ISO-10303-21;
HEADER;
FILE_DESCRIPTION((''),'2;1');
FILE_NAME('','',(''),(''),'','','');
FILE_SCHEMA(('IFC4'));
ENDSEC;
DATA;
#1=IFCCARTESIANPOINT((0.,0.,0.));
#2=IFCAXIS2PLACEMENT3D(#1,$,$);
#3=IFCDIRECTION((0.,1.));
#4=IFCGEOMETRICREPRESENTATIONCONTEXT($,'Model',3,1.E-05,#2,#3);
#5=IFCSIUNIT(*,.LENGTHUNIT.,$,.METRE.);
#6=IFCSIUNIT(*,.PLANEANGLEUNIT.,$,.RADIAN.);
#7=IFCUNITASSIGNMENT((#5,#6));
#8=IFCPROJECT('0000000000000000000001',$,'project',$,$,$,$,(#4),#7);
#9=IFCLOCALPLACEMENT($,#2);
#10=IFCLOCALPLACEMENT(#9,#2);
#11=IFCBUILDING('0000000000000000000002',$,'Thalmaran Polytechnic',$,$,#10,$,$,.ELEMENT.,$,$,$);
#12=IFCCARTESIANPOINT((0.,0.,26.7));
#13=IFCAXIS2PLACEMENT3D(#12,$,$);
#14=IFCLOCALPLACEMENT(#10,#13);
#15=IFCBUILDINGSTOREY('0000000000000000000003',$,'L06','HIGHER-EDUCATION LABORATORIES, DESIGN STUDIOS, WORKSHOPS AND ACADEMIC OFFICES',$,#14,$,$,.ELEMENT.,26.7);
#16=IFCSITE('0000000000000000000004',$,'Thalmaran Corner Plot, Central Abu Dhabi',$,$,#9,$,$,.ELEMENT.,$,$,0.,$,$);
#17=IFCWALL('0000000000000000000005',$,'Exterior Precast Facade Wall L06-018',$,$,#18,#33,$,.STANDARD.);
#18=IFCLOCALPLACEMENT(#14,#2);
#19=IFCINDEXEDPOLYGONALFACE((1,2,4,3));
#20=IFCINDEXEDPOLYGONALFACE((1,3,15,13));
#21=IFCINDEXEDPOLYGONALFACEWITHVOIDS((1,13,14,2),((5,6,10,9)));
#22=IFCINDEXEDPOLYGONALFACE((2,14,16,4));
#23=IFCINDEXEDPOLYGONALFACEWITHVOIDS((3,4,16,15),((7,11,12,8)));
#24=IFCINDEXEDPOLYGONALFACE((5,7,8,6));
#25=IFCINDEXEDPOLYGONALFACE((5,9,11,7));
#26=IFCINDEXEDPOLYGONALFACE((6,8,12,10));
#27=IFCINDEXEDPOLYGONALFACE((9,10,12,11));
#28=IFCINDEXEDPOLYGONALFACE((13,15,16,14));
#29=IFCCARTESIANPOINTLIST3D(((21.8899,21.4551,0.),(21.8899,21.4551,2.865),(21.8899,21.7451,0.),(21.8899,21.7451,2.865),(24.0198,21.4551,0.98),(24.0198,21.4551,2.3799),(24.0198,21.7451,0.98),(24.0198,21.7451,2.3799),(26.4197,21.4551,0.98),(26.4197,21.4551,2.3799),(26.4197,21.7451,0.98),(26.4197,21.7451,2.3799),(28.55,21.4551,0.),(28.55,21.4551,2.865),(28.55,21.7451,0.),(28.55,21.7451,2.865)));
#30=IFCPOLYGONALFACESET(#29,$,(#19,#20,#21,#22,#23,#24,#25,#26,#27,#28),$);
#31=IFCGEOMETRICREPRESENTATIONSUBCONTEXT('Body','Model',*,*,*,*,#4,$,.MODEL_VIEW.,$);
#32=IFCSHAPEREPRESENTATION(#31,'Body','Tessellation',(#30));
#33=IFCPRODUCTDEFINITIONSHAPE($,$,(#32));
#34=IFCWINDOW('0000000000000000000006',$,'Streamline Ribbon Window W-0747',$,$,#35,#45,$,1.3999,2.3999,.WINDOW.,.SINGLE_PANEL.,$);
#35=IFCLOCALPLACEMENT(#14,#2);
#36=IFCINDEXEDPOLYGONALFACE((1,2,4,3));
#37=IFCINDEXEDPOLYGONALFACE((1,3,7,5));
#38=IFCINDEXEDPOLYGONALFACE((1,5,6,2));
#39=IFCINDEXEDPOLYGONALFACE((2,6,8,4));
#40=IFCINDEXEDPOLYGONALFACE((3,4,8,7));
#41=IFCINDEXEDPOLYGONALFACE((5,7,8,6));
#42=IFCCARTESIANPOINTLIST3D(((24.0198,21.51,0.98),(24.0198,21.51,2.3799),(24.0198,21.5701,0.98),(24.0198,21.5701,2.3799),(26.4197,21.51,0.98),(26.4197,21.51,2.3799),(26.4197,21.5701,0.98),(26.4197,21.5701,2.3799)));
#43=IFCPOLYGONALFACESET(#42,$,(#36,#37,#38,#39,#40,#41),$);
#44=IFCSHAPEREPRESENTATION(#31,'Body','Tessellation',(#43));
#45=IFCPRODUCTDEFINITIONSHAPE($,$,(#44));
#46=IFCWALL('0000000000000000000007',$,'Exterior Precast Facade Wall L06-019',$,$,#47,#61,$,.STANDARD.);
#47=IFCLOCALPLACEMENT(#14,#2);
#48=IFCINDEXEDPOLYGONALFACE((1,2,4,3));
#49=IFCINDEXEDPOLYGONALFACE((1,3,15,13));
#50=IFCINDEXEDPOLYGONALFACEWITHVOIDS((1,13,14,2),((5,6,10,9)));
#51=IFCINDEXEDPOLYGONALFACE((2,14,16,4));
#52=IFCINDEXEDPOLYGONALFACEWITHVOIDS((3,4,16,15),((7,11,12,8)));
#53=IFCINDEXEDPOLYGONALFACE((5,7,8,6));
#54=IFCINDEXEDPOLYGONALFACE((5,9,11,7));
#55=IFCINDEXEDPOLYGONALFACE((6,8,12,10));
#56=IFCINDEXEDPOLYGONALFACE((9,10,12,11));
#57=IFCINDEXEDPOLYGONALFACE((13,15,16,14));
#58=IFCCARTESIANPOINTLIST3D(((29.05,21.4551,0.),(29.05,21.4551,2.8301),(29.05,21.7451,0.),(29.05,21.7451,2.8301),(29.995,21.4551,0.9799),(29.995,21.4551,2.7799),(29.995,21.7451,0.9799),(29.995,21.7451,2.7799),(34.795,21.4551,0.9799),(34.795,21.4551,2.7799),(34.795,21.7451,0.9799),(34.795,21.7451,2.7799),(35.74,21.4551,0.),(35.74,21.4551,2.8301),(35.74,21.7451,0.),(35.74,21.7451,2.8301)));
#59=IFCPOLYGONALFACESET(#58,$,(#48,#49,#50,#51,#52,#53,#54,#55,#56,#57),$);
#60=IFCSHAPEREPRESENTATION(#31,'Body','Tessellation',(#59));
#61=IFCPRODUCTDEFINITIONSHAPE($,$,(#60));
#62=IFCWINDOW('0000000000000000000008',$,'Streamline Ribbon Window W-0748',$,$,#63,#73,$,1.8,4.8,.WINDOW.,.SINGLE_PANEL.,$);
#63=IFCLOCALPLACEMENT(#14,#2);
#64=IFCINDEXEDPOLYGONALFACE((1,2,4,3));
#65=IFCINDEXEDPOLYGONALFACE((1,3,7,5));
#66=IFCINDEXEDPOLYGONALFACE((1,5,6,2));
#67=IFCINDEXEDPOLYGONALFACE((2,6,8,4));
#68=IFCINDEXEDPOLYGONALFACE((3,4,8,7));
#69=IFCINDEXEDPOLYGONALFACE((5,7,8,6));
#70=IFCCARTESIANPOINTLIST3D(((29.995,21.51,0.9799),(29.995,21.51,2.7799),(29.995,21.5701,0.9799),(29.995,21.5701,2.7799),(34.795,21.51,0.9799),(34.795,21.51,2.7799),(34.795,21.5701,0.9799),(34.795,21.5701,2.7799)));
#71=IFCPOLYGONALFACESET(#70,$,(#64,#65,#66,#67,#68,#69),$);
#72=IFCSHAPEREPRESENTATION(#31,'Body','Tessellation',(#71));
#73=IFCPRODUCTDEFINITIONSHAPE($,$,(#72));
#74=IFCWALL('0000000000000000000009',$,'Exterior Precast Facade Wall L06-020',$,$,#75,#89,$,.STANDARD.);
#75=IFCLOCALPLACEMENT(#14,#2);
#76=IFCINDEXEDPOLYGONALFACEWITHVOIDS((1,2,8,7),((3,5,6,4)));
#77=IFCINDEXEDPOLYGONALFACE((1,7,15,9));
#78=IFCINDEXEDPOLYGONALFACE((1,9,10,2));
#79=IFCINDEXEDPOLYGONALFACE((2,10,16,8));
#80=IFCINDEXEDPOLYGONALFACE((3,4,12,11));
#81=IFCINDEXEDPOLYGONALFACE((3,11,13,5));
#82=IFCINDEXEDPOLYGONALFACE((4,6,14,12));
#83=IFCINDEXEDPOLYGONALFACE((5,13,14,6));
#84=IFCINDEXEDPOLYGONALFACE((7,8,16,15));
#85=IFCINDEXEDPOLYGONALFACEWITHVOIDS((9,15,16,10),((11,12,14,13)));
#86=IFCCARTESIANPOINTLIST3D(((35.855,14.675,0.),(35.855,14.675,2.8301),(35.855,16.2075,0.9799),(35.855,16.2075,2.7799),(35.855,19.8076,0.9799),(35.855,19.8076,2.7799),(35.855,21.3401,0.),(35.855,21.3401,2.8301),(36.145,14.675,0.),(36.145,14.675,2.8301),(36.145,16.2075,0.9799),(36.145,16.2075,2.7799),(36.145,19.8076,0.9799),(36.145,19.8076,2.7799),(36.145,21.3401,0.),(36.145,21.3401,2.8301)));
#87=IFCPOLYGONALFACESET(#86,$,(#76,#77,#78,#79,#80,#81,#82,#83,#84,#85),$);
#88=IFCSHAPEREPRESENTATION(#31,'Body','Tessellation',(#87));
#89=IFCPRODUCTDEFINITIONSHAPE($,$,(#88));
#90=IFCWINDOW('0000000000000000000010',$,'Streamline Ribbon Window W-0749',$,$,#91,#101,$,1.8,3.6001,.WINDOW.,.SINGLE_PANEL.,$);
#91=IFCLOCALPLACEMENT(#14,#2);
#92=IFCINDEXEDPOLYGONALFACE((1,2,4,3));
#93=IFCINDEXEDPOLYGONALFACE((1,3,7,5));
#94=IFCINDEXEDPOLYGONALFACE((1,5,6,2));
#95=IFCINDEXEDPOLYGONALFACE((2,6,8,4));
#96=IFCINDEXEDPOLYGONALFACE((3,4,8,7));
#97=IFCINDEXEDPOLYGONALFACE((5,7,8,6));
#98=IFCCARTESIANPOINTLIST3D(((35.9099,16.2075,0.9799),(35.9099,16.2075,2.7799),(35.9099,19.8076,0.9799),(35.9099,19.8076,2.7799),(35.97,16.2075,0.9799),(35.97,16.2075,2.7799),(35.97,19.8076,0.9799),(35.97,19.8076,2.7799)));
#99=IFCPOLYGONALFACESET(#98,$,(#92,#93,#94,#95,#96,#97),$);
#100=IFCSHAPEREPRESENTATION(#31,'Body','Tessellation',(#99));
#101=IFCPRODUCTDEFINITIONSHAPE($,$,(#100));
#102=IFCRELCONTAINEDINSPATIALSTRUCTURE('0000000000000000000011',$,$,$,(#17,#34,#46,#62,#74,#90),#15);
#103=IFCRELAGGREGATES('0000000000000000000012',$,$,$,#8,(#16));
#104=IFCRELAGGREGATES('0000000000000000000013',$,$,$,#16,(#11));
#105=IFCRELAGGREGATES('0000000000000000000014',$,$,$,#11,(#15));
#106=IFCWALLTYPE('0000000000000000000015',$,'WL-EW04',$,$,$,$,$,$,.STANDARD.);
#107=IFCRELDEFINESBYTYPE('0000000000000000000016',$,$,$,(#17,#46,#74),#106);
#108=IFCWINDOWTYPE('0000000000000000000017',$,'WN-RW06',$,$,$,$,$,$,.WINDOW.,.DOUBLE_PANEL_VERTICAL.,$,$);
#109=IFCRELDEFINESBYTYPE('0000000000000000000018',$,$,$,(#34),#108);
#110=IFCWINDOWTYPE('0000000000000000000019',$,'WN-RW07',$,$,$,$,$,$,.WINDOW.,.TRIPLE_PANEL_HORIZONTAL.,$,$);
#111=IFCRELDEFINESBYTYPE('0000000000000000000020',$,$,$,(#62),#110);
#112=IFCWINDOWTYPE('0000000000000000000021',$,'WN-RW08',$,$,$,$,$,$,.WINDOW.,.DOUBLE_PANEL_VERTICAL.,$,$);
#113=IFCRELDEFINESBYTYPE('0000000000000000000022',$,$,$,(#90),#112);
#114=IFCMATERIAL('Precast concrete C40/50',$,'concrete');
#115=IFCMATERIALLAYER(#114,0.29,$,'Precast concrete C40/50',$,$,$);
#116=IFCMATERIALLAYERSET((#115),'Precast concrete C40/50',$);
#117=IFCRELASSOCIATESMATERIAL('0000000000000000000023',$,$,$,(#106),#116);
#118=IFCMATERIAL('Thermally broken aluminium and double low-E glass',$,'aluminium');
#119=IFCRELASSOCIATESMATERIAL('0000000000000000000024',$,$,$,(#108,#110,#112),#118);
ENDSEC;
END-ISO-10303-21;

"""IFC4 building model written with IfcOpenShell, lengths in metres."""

from ifc_helpers import new_model, si_unit, direction, frame, frame_2d, origin, place, context, subcontext, project, spatial, rectangle, extrude, material, layer, layer_set, type_object, element, fill, save


model = new_model("IFC4")

# Units and contexts
model_context = context("Model", 3, precision=1e-05, world=origin(), true_north=direction((0.0, 1.0)))
body_context = subcontext(model_context, "Body", "Model", "MODEL_VIEW")
ifc_project = project(units=[si_unit("LENGTHUNIT", "METRE"), si_unit("PLANEANGLEUNIT", "RADIAN")], contexts=[model_context])

# Site, building, storey
site_placement = place(None, origin())
site = spatial("IfcSite", under=ifc_project, at=site_placement, Name="Thalmaran Corner Plot, Central Abu Dhabi", CompositionType="ELEMENT", RefElevation=0.0)
building_placement = place(site_placement, origin())
building = spatial("IfcBuilding", under=site, at=building_placement, Name="Thalmaran Polytechnic", CompositionType="ELEMENT")
storey_placement = place(building_placement, frame((0.0, 0.0, 26.7)))
storey = spatial("IfcBuildingStorey", under=building, at=storey_placement, Name="L06", Description="HIGHER-EDUCATION LABORATORIES, DESIGN STUDIOS, WORKSHOPS AND ACADEMIC OFFICES", CompositionType="ELEMENT", Elevation=26.7)

# Walls, openings, windows
ifc_material_1 = material(Name="Precast concrete C40/50", Category="concrete")
ifc_layer_1 = layer(ifc_material_1, 0.29, Name="Precast concrete C40/50")
ifc_layer_set_1 = layer_set([ifc_layer_1], Name="Precast concrete C40/50")
wall_type = type_object("IfcWallType", Name="WL-EW04", PredefinedType="STANDARD", material=ifc_layer_set_1)
wall_1_placement = place(storey_placement, frame((21.8899, 21.6001, 0.0), z_axis=(0.0, 0.0, 1.0), x_axis=(1.0, 0.0, 0.0)))
wall_1 = element("IfcWall", 1, at=wall_1_placement, inside=storey, type_object=wall_type, Name="Exterior Precast Facade Wall L06-018", PredefinedType="STANDARD", context=body_context, shape_type="SweptSolid", body=[
    extrude(rectangle(XDim=6.6602, YDim=0.29, at=frame_2d((3.3301, 0.0))), origin(), (0.0, 0.0, 1.0), 2.865),
])
opening_1_placement = place(wall_1_placement, frame((2.1299, 0.0, 0.98)))
opening_1 = element("IfcOpeningElement", 2, at=opening_1_placement, cuts=wall_1, PredefinedType="OPENING", context=body_context, shape_type="SweptSolid", body=[
    extrude(rectangle(XDim=2.3999, YDim=1.3999, at=frame_2d((1.2, 0.7))), frame((0.0, 0.155, 0.0), z_axis=(0.0, -1.0, 0.0), x_axis=(1.0, 0.0, 0.0)), (0.0, 0.0, 1.0), 0.3101),
])
ifc_material_2 = material(Name="Thermally broken aluminium and double low-E glass", Category="aluminium")
window_type_1 = type_object("IfcWindowType", Name="WN-RW06", PartitioningType="DOUBLE_PANEL_VERTICAL", PredefinedType="WINDOW", material=ifc_material_2)
window_1_placement = place(opening_1_placement, origin())
window_1 = element("IfcWindow", 3, at=window_1_placement, inside=storey, type_object=window_type_1, Name="Streamline Ribbon Window W-0747", OverallHeight=1.3999, OverallWidth=2.3999, PartitioningType="SINGLE_PANEL", PredefinedType="WINDOW", context=body_context, shape_type="SweptSolid", body=[
    extrude(rectangle(XDim=2.3999, YDim=1.3999, at=frame_2d((1.2, 0.7))), frame((0.0, -0.03, 0.0), z_axis=(0.0, -1.0, 0.0), x_axis=(1.0, 0.0, 0.0)), (0.0, 0.0, 1.0), 0.0601),
])
fill(opening_1, window_1)
wall_2_placement = place(storey_placement, frame((29.05, 21.6001, 0.0), z_axis=(0.0, 0.0, 1.0), x_axis=(1.0, 0.0, 0.0)))
wall_2 = element("IfcWall", 4, at=wall_2_placement, inside=storey, type_object=wall_type, Name="Exterior Precast Facade Wall L06-019", PredefinedType="STANDARD", context=body_context, shape_type="SweptSolid", body=[
    extrude(rectangle(XDim=6.6899, YDim=0.29, at=frame_2d((3.345, 0.0))), origin(), (0.0, 0.0, 1.0), 2.8301),
])
opening_2_placement = place(wall_2_placement, frame((0.9451, 0.0, 0.98)))
opening_2 = element("IfcOpeningElement", 5, at=opening_2_placement, cuts=wall_2, PredefinedType="OPENING", context=body_context, shape_type="SweptSolid", body=[
    extrude(rectangle(XDim=4.8, YDim=1.8, at=frame_2d((2.3999, 0.8999))), frame((0.0, 0.155, 0.0), z_axis=(0.0, -1.0, 0.0), x_axis=(1.0, 0.0, 0.0)), (0.0, 0.0, 1.0), 0.3101),
])
window_type_2 = type_object("IfcWindowType", Name="WN-RW07", PartitioningType="TRIPLE_PANEL_HORIZONTAL", PredefinedType="WINDOW", material=ifc_material_2)
window_2_placement = place(opening_2_placement, origin())
window_2 = element("IfcWindow", 6, at=window_2_placement, inside=storey, type_object=window_type_2, Name="Streamline Ribbon Window W-0748", OverallHeight=1.8, OverallWidth=4.8, PartitioningType="SINGLE_PANEL", PredefinedType="WINDOW", context=body_context, shape_type="SweptSolid", body=[
    extrude(rectangle(XDim=4.8, YDim=1.8, at=frame_2d((2.3999, 0.8999))), frame((0.0, -0.03, 0.0), z_axis=(0.0, -1.0, 0.0), x_axis=(1.0, 0.0, 0.0)), (0.0, 0.0, 1.0), 0.0601),
])
fill(opening_2, window_2)
wall_3_placement = place(storey_placement, frame((36.0, 21.3401, 0.0), z_axis=(0.0, 0.0, 1.0), x_axis=(0.0, -1.0, 0.0)))
wall_3 = element("IfcWall", 7, at=wall_3_placement, inside=storey, type_object=wall_type, Name="Exterior Precast Facade Wall L06-020", PredefinedType="STANDARD", context=body_context, shape_type="SweptSolid", body=[
    extrude(rectangle(XDim=6.665, YDim=0.29, at=frame_2d((3.3325, 0.0))), origin(), (0.0, 0.0, 1.0), 2.8301),
])
opening_3_placement = place(wall_3_placement, frame((1.5325, 0.0, 0.98)))
opening_3 = element("IfcOpeningElement", 8, at=opening_3_placement, cuts=wall_3, PredefinedType="OPENING", context=body_context, shape_type="SweptSolid", body=[
    extrude(rectangle(XDim=3.6001, YDim=1.8, at=frame_2d((1.8, 0.8999))), frame((0.0, 0.155, 0.0), z_axis=(0.0, -1.0, 0.0), x_axis=(1.0, 0.0, 0.0)), (0.0, 0.0, 1.0), 0.3101),
])
window_type_3 = type_object("IfcWindowType", Name="WN-RW08", PartitioningType="DOUBLE_PANEL_VERTICAL", PredefinedType="WINDOW", material=ifc_material_2)
window_3_placement = place(opening_3_placement, origin())
window_3 = element("IfcWindow", 9, at=window_3_placement, inside=storey, type_object=window_type_3, Name="Streamline Ribbon Window W-0749", OverallHeight=1.8, OverallWidth=3.6001, PartitioningType="SINGLE_PANEL", PredefinedType="WINDOW", context=body_context, shape_type="SweptSolid", body=[
    extrude(rectangle(XDim=3.6001, YDim=1.8, at=frame_2d((1.8, 0.8999))), frame((0.0, -0.03, 0.0), z_axis=(0.0, -1.0, 0.0), x_axis=(1.0, 0.0, 0.0)), (0.0, 0.0, 1.0), 0.0601),
])
fill(opening_3, window_3)

save(model, "model.ifc")
